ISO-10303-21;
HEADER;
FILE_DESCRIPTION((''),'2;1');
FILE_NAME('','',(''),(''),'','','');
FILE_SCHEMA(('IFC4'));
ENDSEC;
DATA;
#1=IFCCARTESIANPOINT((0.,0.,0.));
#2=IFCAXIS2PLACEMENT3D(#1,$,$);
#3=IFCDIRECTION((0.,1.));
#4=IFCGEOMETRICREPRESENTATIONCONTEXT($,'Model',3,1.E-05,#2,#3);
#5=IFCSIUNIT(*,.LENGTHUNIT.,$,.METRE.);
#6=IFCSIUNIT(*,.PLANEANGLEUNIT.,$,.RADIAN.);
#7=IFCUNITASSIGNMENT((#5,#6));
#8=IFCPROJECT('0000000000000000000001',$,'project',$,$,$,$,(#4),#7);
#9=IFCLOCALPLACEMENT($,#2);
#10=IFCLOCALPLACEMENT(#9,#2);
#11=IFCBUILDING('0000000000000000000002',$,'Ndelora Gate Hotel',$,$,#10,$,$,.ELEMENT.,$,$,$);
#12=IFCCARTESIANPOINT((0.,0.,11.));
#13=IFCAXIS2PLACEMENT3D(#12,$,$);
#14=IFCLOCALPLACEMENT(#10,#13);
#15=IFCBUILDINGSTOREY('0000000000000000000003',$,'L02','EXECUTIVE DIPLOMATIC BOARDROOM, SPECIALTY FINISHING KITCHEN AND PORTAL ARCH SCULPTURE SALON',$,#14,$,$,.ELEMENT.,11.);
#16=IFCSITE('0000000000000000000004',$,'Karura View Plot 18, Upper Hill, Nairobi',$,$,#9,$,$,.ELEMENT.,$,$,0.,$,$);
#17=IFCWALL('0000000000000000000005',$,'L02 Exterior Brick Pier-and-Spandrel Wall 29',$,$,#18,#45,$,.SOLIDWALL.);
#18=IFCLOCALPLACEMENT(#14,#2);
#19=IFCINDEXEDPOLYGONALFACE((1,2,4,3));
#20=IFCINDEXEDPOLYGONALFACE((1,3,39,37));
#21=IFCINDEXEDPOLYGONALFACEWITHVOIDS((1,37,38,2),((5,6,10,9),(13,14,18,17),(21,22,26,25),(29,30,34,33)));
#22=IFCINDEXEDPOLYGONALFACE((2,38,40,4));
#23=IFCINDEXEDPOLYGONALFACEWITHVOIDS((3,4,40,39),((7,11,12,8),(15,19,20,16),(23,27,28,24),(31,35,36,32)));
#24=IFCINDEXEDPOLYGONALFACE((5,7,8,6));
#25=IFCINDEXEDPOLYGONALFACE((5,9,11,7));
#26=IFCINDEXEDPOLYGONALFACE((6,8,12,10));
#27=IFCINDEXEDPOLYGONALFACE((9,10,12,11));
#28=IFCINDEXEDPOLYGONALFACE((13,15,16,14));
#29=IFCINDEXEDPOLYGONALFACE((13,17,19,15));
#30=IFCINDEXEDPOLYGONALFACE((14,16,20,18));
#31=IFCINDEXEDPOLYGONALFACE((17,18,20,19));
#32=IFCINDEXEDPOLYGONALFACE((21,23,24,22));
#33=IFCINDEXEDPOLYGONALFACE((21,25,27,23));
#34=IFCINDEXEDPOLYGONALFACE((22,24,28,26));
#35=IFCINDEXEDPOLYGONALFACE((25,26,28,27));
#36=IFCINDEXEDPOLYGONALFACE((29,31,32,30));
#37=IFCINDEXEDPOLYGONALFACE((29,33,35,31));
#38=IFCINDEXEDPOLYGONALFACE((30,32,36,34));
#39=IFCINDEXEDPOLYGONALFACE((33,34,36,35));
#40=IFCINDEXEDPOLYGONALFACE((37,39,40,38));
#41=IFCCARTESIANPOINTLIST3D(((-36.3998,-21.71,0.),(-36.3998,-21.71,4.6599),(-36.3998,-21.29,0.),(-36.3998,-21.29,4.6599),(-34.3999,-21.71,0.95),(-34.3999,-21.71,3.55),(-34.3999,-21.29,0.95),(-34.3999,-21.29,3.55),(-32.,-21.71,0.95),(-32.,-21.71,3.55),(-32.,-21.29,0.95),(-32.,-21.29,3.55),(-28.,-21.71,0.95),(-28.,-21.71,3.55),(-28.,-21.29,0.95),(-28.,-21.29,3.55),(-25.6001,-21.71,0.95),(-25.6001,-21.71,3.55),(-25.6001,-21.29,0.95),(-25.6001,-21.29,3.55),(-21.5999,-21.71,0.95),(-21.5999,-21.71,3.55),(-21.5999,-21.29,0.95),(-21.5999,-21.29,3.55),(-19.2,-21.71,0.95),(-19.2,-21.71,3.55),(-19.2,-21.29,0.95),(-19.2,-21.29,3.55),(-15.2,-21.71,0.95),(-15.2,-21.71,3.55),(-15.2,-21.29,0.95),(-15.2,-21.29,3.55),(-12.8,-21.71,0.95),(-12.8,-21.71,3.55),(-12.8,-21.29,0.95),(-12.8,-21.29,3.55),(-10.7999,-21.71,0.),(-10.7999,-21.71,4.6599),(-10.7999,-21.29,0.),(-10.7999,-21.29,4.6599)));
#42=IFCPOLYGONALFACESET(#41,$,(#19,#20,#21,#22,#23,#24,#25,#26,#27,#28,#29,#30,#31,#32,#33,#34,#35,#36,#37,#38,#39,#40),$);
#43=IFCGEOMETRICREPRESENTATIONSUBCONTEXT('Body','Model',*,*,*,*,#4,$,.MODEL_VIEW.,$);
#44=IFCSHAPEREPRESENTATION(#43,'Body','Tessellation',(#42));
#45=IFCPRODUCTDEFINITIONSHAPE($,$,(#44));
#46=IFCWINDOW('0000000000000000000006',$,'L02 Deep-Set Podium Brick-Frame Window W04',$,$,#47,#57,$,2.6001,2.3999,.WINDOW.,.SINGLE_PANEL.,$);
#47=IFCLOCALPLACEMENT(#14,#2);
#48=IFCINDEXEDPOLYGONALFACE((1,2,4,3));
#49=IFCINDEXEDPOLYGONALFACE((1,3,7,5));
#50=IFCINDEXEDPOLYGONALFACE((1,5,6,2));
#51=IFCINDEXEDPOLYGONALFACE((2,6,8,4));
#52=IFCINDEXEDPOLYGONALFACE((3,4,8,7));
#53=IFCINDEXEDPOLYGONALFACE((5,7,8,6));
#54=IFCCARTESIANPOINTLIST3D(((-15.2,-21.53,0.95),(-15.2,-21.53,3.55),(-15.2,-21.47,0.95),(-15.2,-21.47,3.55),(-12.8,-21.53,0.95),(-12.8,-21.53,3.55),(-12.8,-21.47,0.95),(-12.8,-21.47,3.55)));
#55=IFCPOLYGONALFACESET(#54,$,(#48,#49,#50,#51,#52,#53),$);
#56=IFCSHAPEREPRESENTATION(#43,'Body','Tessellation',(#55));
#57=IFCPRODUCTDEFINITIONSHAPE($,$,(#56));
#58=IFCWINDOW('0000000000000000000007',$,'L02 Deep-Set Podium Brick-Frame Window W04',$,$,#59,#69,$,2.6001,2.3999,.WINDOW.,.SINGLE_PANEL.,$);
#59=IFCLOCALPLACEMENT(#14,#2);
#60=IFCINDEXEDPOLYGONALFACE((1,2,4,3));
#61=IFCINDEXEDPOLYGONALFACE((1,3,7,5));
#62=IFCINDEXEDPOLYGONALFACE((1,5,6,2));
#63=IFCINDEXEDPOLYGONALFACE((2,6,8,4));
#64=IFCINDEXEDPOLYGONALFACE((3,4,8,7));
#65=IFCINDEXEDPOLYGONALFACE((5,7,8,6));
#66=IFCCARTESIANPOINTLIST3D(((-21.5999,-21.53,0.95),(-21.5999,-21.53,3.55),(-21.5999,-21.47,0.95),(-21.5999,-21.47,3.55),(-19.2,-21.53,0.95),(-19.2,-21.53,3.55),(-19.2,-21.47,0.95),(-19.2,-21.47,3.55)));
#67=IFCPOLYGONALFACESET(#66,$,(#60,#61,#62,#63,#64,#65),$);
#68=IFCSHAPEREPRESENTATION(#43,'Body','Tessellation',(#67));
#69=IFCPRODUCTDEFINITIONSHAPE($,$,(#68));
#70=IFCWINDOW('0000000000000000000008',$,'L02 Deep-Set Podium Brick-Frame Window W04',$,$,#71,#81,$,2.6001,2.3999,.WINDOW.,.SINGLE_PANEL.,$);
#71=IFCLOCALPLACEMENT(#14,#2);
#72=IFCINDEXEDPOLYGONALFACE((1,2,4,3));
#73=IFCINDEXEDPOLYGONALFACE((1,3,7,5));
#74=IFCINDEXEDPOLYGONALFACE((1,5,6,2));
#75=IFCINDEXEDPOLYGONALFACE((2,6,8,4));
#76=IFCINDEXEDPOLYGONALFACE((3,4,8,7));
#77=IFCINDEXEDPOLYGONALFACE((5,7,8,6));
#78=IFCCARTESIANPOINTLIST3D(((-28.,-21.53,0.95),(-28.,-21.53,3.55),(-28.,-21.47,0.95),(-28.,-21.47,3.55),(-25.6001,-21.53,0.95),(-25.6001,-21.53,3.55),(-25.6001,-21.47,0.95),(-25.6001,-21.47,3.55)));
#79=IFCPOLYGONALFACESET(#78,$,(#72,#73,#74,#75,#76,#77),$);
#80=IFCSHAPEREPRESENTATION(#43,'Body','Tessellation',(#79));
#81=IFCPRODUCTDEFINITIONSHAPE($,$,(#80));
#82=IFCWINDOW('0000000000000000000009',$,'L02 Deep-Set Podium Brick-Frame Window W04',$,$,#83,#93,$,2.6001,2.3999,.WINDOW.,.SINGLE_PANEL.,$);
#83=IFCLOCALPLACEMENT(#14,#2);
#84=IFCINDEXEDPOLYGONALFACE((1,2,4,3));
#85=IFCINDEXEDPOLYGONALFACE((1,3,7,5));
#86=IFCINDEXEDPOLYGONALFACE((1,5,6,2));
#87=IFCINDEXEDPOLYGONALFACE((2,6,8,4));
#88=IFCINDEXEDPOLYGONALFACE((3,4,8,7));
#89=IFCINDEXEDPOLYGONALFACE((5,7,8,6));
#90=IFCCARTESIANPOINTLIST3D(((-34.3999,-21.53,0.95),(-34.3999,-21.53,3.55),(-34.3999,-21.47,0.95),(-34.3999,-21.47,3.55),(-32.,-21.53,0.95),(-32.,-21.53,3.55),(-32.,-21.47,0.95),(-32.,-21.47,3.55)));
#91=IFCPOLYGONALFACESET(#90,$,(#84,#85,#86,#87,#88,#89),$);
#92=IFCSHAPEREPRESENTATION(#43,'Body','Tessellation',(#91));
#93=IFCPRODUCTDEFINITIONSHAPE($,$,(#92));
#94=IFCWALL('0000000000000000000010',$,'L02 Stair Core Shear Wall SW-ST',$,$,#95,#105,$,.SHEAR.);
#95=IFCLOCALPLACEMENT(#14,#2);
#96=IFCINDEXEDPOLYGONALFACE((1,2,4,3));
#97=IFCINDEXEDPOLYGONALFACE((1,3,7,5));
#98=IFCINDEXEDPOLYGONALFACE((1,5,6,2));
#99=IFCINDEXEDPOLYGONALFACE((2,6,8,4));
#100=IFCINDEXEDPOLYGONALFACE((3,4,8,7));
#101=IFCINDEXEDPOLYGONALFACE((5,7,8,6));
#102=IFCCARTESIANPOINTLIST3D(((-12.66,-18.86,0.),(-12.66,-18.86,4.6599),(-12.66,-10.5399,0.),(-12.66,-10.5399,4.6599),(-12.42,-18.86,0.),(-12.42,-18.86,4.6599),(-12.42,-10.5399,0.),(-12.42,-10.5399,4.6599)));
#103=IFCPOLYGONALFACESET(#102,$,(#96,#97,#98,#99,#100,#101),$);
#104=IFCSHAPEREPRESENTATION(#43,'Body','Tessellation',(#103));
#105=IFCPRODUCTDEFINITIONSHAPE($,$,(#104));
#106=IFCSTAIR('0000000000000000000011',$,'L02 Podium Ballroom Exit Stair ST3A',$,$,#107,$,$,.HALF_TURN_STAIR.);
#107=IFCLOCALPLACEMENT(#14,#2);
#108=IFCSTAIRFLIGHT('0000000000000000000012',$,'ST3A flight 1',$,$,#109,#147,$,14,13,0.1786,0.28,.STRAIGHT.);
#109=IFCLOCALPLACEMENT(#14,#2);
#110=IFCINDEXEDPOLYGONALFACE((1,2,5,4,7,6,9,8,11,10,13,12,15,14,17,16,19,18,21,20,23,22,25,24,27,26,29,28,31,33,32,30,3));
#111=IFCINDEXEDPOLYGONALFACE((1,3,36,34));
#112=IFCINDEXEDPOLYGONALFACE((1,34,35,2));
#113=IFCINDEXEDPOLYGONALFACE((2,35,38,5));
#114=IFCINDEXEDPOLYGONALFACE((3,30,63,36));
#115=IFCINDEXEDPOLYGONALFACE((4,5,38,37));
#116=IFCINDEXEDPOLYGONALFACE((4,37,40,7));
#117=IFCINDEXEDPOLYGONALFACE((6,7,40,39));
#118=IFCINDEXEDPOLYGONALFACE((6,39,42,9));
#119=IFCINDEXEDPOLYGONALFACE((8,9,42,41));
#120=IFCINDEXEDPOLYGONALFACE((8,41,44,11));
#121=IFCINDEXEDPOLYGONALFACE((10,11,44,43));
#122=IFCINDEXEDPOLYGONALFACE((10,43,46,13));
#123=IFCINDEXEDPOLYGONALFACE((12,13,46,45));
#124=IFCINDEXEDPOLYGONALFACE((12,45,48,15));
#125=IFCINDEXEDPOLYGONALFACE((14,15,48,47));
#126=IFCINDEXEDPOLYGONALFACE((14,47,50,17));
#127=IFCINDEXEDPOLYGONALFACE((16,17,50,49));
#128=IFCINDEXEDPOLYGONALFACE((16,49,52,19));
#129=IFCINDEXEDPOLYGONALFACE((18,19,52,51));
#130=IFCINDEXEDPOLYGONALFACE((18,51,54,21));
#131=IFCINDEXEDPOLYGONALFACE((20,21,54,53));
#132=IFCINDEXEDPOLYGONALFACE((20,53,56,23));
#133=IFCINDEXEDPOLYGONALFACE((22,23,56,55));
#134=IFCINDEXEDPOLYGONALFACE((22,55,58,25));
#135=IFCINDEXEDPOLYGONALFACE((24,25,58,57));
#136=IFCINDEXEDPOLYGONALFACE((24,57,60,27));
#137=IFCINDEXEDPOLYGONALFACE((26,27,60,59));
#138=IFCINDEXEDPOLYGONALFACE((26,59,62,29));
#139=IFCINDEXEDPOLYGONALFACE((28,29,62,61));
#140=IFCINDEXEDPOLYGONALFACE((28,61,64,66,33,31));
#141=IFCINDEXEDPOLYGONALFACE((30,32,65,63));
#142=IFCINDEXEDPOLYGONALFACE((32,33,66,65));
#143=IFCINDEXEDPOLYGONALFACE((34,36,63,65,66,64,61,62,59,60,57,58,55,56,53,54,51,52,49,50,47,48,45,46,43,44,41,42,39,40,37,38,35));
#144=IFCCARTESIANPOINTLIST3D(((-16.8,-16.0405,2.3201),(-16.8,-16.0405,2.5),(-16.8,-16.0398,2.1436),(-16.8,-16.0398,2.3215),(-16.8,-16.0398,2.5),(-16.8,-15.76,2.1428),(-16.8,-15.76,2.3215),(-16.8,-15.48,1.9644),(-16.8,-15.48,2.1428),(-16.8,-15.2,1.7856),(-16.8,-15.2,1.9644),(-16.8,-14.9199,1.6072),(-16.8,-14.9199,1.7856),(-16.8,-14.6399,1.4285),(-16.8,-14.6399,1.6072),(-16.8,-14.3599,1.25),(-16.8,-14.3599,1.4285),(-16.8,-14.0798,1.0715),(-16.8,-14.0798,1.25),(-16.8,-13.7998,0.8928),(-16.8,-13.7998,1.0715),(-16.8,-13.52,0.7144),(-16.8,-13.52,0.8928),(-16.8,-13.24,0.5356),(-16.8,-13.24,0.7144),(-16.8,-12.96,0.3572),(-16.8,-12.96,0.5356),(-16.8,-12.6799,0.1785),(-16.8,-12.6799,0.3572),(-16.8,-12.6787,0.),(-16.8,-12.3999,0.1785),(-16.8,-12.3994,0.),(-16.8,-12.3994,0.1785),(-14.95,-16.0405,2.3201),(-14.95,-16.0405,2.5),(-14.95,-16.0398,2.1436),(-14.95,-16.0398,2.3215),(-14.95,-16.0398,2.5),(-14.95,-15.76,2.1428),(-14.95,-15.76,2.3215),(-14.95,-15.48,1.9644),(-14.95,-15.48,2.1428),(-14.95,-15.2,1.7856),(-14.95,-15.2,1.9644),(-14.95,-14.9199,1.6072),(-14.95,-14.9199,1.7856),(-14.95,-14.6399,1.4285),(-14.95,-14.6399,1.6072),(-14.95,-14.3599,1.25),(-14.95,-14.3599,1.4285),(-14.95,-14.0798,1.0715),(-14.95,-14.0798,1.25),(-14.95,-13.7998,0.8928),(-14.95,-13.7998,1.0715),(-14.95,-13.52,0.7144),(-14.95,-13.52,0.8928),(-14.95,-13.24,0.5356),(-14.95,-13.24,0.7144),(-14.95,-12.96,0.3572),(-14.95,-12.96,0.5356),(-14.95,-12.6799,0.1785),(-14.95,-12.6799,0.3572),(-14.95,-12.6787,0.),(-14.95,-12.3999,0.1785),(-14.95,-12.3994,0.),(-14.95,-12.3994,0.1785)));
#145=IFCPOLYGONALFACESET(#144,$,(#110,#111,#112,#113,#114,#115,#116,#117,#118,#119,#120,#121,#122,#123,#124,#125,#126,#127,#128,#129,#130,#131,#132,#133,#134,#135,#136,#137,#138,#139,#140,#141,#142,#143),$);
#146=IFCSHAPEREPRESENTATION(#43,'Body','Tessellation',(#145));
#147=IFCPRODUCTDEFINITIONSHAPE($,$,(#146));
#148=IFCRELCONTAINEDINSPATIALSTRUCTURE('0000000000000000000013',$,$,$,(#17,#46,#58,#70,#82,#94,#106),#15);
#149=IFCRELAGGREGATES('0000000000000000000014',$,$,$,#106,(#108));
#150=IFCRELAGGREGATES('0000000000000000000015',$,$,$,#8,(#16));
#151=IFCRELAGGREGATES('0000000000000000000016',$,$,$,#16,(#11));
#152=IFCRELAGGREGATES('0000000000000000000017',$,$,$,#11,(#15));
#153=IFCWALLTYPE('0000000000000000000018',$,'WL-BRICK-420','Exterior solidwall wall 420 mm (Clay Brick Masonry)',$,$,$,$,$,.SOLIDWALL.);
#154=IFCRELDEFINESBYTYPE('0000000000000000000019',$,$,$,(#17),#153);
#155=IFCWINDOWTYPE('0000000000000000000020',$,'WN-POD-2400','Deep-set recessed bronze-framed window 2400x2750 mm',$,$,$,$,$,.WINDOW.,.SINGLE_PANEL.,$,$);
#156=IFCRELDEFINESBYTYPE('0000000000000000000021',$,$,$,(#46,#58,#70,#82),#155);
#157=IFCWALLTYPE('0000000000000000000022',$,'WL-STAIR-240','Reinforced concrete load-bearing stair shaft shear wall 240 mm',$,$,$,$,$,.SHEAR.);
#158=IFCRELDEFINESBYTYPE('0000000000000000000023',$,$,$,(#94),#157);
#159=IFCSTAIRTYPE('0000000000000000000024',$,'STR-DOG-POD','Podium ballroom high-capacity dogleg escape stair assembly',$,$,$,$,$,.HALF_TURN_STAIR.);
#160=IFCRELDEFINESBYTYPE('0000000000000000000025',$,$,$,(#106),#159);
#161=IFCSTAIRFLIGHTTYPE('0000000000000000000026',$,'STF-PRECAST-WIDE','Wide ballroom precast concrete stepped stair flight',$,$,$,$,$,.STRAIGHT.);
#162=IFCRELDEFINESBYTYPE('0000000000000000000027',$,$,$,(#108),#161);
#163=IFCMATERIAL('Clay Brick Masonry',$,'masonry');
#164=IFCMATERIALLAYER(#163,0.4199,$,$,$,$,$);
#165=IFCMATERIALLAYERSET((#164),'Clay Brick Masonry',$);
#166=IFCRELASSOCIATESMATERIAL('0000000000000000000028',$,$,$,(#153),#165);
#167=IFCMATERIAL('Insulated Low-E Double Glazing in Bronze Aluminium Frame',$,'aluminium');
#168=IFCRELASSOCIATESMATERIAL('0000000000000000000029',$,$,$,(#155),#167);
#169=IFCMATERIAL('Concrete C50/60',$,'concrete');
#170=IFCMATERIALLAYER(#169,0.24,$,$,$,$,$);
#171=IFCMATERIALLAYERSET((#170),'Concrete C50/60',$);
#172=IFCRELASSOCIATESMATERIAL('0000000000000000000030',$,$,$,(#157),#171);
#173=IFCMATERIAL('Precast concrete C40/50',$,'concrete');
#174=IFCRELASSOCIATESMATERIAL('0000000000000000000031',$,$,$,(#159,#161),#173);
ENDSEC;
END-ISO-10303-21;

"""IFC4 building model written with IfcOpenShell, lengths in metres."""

from ifc_helpers import new_model, si_unit, direction, frame, frame_2d, origin, place, context, subcontext, project, spatial, polyline, rectangle, outline, extrude, material, layer, layer_set, type_object, element, fill, aggregate, save


model = new_model("IFC4")

# Units and contexts
model_context = context("Model", 3, precision=1e-05, world=origin(), true_north=direction((0.0, 1.0)))
body_context = subcontext(model_context, "Body", "Model", "MODEL_VIEW")
ifc_project = project(units=[si_unit("LENGTHUNIT", "METRE"), si_unit("PLANEANGLEUNIT", "RADIAN")], contexts=[model_context])

# Site, building, storey
site_placement = place(None, origin())
site = spatial("IfcSite", under=ifc_project, at=site_placement, Name="Karura View Plot 18, Upper Hill, Nairobi", CompositionType="ELEMENT", RefElevation=0.0)
building_placement = place(site_placement, origin())
building = spatial("IfcBuilding", under=site, at=building_placement, Name="Ndelora Gate Hotel", CompositionType="ELEMENT")
storey_placement = place(building_placement, frame((0.0, 0.0, 11.0)))
storey = spatial("IfcBuildingStorey", under=building, at=storey_placement, Name="L02", Description="EXECUTIVE DIPLOMATIC BOARDROOM, SPECIALTY FINISHING KITCHEN AND PORTAL ARCH SCULPTURE SALON", CompositionType="ELEMENT", Elevation=11.0)

# Shared definitions
ifc_material_1 = material(Name="Clay Brick Masonry", Category="masonry")

# Wall, openings, windows
ifc_layer_1 = layer(ifc_material_1, 0.4199)
ifc_layer_set_1 = layer_set([ifc_layer_1], Name="Clay Brick Masonry")
wall_type_1 = type_object("IfcWallType", Name="WL-BRICK-420", Description="Exterior solidwall wall 420 mm (Clay Brick Masonry)", PredefinedType="SOLIDWALL", material=ifc_layer_set_1)
wall_1_placement = place(storey_placement, frame((-10.8, -21.5, 0.0), z_axis=(0.0, 0.0, 1.0), x_axis=(-1.0, 0.0, 0.0)))
wall_1 = element("IfcWall", 1, at=wall_1_placement, inside=storey, type_object=wall_type_1, Name="L02 Exterior Brick Pier-and-Spandrel Wall 29", PredefinedType="SOLIDWALL", context=body_context, shape_type="SweptSolid", body=[
    extrude(rectangle(XDim=25.5999, YDim=0.4199, at=frame_2d((12.7998, 0.0))), origin(), (0.0, 0.0, 1.0), 4.6599),
])
opening_1_placement = place(wall_1_placement, frame((2.0, 0.0, 0.95)))
opening_1 = element("IfcOpeningElement", 2, at=opening_1_placement, cuts=wall_1, PredefinedType="OPENING", context=body_context, shape_type="SweptSolid", body=[
    extrude(rectangle(XDim=2.3999, YDim=2.6001, at=frame_2d((1.2, 1.3))), frame((0.0, 0.22, 0.0), z_axis=(0.0, -1.0, 0.0), x_axis=(1.0, 0.0, 0.0)), (0.0, 0.0, 1.0), 0.4399),
])
opening_2_placement = place(wall_1_placement, frame((8.3999, 0.0, 0.95)))
opening_2 = element("IfcOpeningElement", 3, at=opening_2_placement, cuts=wall_1, PredefinedType="OPENING", context=body_context, shape_type="SweptSolid", body=[
    extrude(rectangle(XDim=2.3999, YDim=2.6001, at=frame_2d((1.2, 1.3))), frame((0.0, 0.22, 0.0), z_axis=(0.0, -1.0, 0.0), x_axis=(1.0, 0.0, 0.0)), (0.0, 0.0, 1.0), 0.4399),
])
opening_3_placement = place(wall_1_placement, frame((14.8, 0.0, 0.95)))
opening_3 = element("IfcOpeningElement", 4, at=opening_3_placement, cuts=wall_1, PredefinedType="OPENING", context=body_context, shape_type="SweptSolid", body=[
    extrude(rectangle(XDim=2.3999, YDim=2.6001, at=frame_2d((1.2, 1.3))), frame((0.0, 0.22, 0.0), z_axis=(0.0, -1.0, 0.0), x_axis=(1.0, 0.0, 0.0)), (0.0, 0.0, 1.0), 0.4399),
])
opening_4_placement = place(wall_1_placement, frame((21.2, 0.0, 0.95)))
opening_4 = element("IfcOpeningElement", 5, at=opening_4_placement, cuts=wall_1, PredefinedType="OPENING", context=body_context, shape_type="SweptSolid", body=[
    extrude(rectangle(XDim=2.3999, YDim=2.6001, at=frame_2d((1.2, 1.3))), frame((0.0, 0.22, 0.0), z_axis=(0.0, -1.0, 0.0), x_axis=(1.0, 0.0, 0.0)), (0.0, 0.0, 1.0), 0.4399),
])
ifc_material_2 = material(Name="Insulated Low-E Double Glazing in Bronze Aluminium Frame", Category="aluminium")
window_type = type_object("IfcWindowType", Name="WN-POD-2400", Description="Deep-set recessed bronze-framed window 2400x2750 mm", PartitioningType="SINGLE_PANEL", PredefinedType="WINDOW", material=ifc_material_2)
window_1_placement = place(opening_1_placement, origin())
window_1 = element("IfcWindow", 6, at=window_1_placement, inside=storey, type_object=window_type, Name="L02 Deep-Set Podium Brick-Frame Window W04", OverallHeight=2.6001, OverallWidth=2.3999, PartitioningType="SINGLE_PANEL", PredefinedType="WINDOW", context=body_context, shape_type="SweptSolid", body=[
    extrude(rectangle(XDim=2.3999, YDim=2.6001, at=frame_2d((1.2, 1.3))), frame((0.0, 0.03, 0.0), z_axis=(0.0, -1.0, 0.0), x_axis=(1.0, 0.0, 0.0)), (0.0, 0.0, 1.0), 0.0601),
])
fill(opening_1, window_1)
window_2_placement = place(opening_2_placement, origin())
window_2 = element("IfcWindow", 7, at=window_2_placement, inside=storey, type_object=window_type, Name="L02 Deep-Set Podium Brick-Frame Window W04", OverallHeight=2.6001, OverallWidth=2.3999, PartitioningType="SINGLE_PANEL", PredefinedType="WINDOW", context=body_context, shape_type="SweptSolid", body=[
    extrude(rectangle(XDim=2.3999, YDim=2.6001, at=frame_2d((1.2, 1.3))), frame((0.0, 0.03, 0.0), z_axis=(0.0, -1.0, 0.0), x_axis=(1.0, 0.0, 0.0)), (0.0, 0.0, 1.0), 0.0601),
])
fill(opening_2, window_2)
window_3_placement = place(opening_3_placement, origin())
window_3 = element("IfcWindow", 8, at=window_3_placement, inside=storey, type_object=window_type, Name="L02 Deep-Set Podium Brick-Frame Window W04", OverallHeight=2.6001, OverallWidth=2.3999, PartitioningType="SINGLE_PANEL", PredefinedType="WINDOW", context=body_context, shape_type="SweptSolid", body=[
    extrude(rectangle(XDim=2.3999, YDim=2.6001, at=frame_2d((1.2, 1.3))), frame((0.0, 0.03, 0.0), z_axis=(0.0, -1.0, 0.0), x_axis=(1.0, 0.0, 0.0)), (0.0, 0.0, 1.0), 0.0601),
])
fill(opening_3, window_3)
window_4_placement = place(opening_4_placement, origin())
window_4 = element("IfcWindow", 9, at=window_4_placement, inside=storey, type_object=window_type, Name="L02 Deep-Set Podium Brick-Frame Window W04", OverallHeight=2.6001, OverallWidth=2.3999, PartitioningType="SINGLE_PANEL", PredefinedType="WINDOW", context=body_context, shape_type="SweptSolid", body=[
    extrude(rectangle(XDim=2.3999, YDim=2.6001, at=frame_2d((1.2, 1.3))), frame((0.0, 0.03, 0.0), z_axis=(0.0, -1.0, 0.0), x_axis=(1.0, 0.0, 0.0)), (0.0, 0.0, 1.0), 0.0601),
])
fill(opening_4, window_4)

# Wall
ifc_material_3 = material(Name="Concrete C50/60", Category="concrete")
ifc_layer_2 = layer(ifc_material_3, 0.24)
ifc_layer_set_2 = layer_set([ifc_layer_2], Name="Concrete C50/60")
wall_type_2 = type_object("IfcWallType", Name="WL-STAIR-240", Description="Reinforced concrete load-bearing stair shaft shear wall 240 mm", PredefinedType="SHEAR", material=ifc_layer_set_2)
wall_2_placement = place(storey_placement, frame((-12.54, -18.8601, 0.0), z_axis=(0.0, 0.0, 1.0), x_axis=(0.0, 1.0, 0.0)))
element("IfcWall", 10, at=wall_2_placement, inside=storey, type_object=wall_type_2, Name="L02 Stair Core Shear Wall SW-ST", PredefinedType="SHEAR", context=body_context, shape_type="SweptSolid", body=[
    extrude(rectangle(XDim=8.3201, YDim=0.24, at=frame_2d((4.1602, 0.0))), origin(), (0.0, 0.0, 1.0), 4.6599),
])

# Stair, stair flight
ifc_material_4 = material(Name="Precast concrete C40/50", Category="concrete")
stair_type = type_object("IfcStairType", Name="STR-DOG-POD", Description="Podium ballroom high-capacity dogleg escape stair assembly", PredefinedType="HALF_TURN_STAIR", material=ifc_material_4)
stair_placement = place(storey_placement, origin())
stair = element("IfcStair", 11, at=stair_placement, inside=storey, type_object=stair_type, Name="L02 Podium Ballroom Exit Stair ST3A", PredefinedType="HALF_TURN_STAIR")
stair_flight_type = type_object("IfcStairFlightType", Name="STF-PRECAST-WIDE", Description="Wide ballroom precast concrete stepped stair flight", PredefinedType="STRAIGHT", material=ifc_material_4)
stair_flight_1_placement = place(storey_placement, frame((-15.875, -12.3999, 0.0), z_axis=(0.0, 0.0, 1.0), x_axis=(0.0, -1.0, 0.0)))
stair_flight_1 = element("IfcStairFlight", 12, at=stair_flight_1_placement, type_object=stair_flight_type, Name="ST3A flight 1", NumberOfRisers=14, NumberOfTreads=13, PredefinedType="STRAIGHT", RiserHeight=0.1786, TreadLength=0.28, context=body_context, shape_type="SweptSolid", body=[
    extrude(outline(polyline([(-0.0005, 0.0), (-0.0005, 0.1785), (0.0, 0.1785), (0.28, 0.1785), (0.28, 0.3572), (0.5601, 0.3572), (0.5601, 0.5356), (0.8401, 0.5356), (0.8401, 0.7144), (1.1201, 0.7144), (1.1201, 0.8928), (1.3999, 0.8928), (1.3999, 1.0715), (1.6799, 1.0715), (1.6799, 1.25), (1.96, 1.25), (1.96, 1.4285), (2.24, 1.4285), (2.24, 1.6072), (2.52, 1.6072), (2.52, 1.7856), (2.8, 1.7856), (2.8, 1.9644), (3.0801, 1.9644), (3.0801, 2.1428), (3.3601, 2.1428), (3.3601, 2.3215), (3.6399, 2.3215), (3.6399, 2.5), (3.6406, 2.5), (3.6406, 2.3201), (3.6399, 2.1436), (0.2788, 0.0), (-0.0005, 0.0)])), frame((0.0, 0.925, 0.0), z_axis=(0.0, -1.0, 0.0), x_axis=(1.0, 0.0, 0.0)), (0.0, 0.0, 1.0), 1.8501),
])
aggregate(stair, [stair_flight_1])

save(model, "model.ifc")
